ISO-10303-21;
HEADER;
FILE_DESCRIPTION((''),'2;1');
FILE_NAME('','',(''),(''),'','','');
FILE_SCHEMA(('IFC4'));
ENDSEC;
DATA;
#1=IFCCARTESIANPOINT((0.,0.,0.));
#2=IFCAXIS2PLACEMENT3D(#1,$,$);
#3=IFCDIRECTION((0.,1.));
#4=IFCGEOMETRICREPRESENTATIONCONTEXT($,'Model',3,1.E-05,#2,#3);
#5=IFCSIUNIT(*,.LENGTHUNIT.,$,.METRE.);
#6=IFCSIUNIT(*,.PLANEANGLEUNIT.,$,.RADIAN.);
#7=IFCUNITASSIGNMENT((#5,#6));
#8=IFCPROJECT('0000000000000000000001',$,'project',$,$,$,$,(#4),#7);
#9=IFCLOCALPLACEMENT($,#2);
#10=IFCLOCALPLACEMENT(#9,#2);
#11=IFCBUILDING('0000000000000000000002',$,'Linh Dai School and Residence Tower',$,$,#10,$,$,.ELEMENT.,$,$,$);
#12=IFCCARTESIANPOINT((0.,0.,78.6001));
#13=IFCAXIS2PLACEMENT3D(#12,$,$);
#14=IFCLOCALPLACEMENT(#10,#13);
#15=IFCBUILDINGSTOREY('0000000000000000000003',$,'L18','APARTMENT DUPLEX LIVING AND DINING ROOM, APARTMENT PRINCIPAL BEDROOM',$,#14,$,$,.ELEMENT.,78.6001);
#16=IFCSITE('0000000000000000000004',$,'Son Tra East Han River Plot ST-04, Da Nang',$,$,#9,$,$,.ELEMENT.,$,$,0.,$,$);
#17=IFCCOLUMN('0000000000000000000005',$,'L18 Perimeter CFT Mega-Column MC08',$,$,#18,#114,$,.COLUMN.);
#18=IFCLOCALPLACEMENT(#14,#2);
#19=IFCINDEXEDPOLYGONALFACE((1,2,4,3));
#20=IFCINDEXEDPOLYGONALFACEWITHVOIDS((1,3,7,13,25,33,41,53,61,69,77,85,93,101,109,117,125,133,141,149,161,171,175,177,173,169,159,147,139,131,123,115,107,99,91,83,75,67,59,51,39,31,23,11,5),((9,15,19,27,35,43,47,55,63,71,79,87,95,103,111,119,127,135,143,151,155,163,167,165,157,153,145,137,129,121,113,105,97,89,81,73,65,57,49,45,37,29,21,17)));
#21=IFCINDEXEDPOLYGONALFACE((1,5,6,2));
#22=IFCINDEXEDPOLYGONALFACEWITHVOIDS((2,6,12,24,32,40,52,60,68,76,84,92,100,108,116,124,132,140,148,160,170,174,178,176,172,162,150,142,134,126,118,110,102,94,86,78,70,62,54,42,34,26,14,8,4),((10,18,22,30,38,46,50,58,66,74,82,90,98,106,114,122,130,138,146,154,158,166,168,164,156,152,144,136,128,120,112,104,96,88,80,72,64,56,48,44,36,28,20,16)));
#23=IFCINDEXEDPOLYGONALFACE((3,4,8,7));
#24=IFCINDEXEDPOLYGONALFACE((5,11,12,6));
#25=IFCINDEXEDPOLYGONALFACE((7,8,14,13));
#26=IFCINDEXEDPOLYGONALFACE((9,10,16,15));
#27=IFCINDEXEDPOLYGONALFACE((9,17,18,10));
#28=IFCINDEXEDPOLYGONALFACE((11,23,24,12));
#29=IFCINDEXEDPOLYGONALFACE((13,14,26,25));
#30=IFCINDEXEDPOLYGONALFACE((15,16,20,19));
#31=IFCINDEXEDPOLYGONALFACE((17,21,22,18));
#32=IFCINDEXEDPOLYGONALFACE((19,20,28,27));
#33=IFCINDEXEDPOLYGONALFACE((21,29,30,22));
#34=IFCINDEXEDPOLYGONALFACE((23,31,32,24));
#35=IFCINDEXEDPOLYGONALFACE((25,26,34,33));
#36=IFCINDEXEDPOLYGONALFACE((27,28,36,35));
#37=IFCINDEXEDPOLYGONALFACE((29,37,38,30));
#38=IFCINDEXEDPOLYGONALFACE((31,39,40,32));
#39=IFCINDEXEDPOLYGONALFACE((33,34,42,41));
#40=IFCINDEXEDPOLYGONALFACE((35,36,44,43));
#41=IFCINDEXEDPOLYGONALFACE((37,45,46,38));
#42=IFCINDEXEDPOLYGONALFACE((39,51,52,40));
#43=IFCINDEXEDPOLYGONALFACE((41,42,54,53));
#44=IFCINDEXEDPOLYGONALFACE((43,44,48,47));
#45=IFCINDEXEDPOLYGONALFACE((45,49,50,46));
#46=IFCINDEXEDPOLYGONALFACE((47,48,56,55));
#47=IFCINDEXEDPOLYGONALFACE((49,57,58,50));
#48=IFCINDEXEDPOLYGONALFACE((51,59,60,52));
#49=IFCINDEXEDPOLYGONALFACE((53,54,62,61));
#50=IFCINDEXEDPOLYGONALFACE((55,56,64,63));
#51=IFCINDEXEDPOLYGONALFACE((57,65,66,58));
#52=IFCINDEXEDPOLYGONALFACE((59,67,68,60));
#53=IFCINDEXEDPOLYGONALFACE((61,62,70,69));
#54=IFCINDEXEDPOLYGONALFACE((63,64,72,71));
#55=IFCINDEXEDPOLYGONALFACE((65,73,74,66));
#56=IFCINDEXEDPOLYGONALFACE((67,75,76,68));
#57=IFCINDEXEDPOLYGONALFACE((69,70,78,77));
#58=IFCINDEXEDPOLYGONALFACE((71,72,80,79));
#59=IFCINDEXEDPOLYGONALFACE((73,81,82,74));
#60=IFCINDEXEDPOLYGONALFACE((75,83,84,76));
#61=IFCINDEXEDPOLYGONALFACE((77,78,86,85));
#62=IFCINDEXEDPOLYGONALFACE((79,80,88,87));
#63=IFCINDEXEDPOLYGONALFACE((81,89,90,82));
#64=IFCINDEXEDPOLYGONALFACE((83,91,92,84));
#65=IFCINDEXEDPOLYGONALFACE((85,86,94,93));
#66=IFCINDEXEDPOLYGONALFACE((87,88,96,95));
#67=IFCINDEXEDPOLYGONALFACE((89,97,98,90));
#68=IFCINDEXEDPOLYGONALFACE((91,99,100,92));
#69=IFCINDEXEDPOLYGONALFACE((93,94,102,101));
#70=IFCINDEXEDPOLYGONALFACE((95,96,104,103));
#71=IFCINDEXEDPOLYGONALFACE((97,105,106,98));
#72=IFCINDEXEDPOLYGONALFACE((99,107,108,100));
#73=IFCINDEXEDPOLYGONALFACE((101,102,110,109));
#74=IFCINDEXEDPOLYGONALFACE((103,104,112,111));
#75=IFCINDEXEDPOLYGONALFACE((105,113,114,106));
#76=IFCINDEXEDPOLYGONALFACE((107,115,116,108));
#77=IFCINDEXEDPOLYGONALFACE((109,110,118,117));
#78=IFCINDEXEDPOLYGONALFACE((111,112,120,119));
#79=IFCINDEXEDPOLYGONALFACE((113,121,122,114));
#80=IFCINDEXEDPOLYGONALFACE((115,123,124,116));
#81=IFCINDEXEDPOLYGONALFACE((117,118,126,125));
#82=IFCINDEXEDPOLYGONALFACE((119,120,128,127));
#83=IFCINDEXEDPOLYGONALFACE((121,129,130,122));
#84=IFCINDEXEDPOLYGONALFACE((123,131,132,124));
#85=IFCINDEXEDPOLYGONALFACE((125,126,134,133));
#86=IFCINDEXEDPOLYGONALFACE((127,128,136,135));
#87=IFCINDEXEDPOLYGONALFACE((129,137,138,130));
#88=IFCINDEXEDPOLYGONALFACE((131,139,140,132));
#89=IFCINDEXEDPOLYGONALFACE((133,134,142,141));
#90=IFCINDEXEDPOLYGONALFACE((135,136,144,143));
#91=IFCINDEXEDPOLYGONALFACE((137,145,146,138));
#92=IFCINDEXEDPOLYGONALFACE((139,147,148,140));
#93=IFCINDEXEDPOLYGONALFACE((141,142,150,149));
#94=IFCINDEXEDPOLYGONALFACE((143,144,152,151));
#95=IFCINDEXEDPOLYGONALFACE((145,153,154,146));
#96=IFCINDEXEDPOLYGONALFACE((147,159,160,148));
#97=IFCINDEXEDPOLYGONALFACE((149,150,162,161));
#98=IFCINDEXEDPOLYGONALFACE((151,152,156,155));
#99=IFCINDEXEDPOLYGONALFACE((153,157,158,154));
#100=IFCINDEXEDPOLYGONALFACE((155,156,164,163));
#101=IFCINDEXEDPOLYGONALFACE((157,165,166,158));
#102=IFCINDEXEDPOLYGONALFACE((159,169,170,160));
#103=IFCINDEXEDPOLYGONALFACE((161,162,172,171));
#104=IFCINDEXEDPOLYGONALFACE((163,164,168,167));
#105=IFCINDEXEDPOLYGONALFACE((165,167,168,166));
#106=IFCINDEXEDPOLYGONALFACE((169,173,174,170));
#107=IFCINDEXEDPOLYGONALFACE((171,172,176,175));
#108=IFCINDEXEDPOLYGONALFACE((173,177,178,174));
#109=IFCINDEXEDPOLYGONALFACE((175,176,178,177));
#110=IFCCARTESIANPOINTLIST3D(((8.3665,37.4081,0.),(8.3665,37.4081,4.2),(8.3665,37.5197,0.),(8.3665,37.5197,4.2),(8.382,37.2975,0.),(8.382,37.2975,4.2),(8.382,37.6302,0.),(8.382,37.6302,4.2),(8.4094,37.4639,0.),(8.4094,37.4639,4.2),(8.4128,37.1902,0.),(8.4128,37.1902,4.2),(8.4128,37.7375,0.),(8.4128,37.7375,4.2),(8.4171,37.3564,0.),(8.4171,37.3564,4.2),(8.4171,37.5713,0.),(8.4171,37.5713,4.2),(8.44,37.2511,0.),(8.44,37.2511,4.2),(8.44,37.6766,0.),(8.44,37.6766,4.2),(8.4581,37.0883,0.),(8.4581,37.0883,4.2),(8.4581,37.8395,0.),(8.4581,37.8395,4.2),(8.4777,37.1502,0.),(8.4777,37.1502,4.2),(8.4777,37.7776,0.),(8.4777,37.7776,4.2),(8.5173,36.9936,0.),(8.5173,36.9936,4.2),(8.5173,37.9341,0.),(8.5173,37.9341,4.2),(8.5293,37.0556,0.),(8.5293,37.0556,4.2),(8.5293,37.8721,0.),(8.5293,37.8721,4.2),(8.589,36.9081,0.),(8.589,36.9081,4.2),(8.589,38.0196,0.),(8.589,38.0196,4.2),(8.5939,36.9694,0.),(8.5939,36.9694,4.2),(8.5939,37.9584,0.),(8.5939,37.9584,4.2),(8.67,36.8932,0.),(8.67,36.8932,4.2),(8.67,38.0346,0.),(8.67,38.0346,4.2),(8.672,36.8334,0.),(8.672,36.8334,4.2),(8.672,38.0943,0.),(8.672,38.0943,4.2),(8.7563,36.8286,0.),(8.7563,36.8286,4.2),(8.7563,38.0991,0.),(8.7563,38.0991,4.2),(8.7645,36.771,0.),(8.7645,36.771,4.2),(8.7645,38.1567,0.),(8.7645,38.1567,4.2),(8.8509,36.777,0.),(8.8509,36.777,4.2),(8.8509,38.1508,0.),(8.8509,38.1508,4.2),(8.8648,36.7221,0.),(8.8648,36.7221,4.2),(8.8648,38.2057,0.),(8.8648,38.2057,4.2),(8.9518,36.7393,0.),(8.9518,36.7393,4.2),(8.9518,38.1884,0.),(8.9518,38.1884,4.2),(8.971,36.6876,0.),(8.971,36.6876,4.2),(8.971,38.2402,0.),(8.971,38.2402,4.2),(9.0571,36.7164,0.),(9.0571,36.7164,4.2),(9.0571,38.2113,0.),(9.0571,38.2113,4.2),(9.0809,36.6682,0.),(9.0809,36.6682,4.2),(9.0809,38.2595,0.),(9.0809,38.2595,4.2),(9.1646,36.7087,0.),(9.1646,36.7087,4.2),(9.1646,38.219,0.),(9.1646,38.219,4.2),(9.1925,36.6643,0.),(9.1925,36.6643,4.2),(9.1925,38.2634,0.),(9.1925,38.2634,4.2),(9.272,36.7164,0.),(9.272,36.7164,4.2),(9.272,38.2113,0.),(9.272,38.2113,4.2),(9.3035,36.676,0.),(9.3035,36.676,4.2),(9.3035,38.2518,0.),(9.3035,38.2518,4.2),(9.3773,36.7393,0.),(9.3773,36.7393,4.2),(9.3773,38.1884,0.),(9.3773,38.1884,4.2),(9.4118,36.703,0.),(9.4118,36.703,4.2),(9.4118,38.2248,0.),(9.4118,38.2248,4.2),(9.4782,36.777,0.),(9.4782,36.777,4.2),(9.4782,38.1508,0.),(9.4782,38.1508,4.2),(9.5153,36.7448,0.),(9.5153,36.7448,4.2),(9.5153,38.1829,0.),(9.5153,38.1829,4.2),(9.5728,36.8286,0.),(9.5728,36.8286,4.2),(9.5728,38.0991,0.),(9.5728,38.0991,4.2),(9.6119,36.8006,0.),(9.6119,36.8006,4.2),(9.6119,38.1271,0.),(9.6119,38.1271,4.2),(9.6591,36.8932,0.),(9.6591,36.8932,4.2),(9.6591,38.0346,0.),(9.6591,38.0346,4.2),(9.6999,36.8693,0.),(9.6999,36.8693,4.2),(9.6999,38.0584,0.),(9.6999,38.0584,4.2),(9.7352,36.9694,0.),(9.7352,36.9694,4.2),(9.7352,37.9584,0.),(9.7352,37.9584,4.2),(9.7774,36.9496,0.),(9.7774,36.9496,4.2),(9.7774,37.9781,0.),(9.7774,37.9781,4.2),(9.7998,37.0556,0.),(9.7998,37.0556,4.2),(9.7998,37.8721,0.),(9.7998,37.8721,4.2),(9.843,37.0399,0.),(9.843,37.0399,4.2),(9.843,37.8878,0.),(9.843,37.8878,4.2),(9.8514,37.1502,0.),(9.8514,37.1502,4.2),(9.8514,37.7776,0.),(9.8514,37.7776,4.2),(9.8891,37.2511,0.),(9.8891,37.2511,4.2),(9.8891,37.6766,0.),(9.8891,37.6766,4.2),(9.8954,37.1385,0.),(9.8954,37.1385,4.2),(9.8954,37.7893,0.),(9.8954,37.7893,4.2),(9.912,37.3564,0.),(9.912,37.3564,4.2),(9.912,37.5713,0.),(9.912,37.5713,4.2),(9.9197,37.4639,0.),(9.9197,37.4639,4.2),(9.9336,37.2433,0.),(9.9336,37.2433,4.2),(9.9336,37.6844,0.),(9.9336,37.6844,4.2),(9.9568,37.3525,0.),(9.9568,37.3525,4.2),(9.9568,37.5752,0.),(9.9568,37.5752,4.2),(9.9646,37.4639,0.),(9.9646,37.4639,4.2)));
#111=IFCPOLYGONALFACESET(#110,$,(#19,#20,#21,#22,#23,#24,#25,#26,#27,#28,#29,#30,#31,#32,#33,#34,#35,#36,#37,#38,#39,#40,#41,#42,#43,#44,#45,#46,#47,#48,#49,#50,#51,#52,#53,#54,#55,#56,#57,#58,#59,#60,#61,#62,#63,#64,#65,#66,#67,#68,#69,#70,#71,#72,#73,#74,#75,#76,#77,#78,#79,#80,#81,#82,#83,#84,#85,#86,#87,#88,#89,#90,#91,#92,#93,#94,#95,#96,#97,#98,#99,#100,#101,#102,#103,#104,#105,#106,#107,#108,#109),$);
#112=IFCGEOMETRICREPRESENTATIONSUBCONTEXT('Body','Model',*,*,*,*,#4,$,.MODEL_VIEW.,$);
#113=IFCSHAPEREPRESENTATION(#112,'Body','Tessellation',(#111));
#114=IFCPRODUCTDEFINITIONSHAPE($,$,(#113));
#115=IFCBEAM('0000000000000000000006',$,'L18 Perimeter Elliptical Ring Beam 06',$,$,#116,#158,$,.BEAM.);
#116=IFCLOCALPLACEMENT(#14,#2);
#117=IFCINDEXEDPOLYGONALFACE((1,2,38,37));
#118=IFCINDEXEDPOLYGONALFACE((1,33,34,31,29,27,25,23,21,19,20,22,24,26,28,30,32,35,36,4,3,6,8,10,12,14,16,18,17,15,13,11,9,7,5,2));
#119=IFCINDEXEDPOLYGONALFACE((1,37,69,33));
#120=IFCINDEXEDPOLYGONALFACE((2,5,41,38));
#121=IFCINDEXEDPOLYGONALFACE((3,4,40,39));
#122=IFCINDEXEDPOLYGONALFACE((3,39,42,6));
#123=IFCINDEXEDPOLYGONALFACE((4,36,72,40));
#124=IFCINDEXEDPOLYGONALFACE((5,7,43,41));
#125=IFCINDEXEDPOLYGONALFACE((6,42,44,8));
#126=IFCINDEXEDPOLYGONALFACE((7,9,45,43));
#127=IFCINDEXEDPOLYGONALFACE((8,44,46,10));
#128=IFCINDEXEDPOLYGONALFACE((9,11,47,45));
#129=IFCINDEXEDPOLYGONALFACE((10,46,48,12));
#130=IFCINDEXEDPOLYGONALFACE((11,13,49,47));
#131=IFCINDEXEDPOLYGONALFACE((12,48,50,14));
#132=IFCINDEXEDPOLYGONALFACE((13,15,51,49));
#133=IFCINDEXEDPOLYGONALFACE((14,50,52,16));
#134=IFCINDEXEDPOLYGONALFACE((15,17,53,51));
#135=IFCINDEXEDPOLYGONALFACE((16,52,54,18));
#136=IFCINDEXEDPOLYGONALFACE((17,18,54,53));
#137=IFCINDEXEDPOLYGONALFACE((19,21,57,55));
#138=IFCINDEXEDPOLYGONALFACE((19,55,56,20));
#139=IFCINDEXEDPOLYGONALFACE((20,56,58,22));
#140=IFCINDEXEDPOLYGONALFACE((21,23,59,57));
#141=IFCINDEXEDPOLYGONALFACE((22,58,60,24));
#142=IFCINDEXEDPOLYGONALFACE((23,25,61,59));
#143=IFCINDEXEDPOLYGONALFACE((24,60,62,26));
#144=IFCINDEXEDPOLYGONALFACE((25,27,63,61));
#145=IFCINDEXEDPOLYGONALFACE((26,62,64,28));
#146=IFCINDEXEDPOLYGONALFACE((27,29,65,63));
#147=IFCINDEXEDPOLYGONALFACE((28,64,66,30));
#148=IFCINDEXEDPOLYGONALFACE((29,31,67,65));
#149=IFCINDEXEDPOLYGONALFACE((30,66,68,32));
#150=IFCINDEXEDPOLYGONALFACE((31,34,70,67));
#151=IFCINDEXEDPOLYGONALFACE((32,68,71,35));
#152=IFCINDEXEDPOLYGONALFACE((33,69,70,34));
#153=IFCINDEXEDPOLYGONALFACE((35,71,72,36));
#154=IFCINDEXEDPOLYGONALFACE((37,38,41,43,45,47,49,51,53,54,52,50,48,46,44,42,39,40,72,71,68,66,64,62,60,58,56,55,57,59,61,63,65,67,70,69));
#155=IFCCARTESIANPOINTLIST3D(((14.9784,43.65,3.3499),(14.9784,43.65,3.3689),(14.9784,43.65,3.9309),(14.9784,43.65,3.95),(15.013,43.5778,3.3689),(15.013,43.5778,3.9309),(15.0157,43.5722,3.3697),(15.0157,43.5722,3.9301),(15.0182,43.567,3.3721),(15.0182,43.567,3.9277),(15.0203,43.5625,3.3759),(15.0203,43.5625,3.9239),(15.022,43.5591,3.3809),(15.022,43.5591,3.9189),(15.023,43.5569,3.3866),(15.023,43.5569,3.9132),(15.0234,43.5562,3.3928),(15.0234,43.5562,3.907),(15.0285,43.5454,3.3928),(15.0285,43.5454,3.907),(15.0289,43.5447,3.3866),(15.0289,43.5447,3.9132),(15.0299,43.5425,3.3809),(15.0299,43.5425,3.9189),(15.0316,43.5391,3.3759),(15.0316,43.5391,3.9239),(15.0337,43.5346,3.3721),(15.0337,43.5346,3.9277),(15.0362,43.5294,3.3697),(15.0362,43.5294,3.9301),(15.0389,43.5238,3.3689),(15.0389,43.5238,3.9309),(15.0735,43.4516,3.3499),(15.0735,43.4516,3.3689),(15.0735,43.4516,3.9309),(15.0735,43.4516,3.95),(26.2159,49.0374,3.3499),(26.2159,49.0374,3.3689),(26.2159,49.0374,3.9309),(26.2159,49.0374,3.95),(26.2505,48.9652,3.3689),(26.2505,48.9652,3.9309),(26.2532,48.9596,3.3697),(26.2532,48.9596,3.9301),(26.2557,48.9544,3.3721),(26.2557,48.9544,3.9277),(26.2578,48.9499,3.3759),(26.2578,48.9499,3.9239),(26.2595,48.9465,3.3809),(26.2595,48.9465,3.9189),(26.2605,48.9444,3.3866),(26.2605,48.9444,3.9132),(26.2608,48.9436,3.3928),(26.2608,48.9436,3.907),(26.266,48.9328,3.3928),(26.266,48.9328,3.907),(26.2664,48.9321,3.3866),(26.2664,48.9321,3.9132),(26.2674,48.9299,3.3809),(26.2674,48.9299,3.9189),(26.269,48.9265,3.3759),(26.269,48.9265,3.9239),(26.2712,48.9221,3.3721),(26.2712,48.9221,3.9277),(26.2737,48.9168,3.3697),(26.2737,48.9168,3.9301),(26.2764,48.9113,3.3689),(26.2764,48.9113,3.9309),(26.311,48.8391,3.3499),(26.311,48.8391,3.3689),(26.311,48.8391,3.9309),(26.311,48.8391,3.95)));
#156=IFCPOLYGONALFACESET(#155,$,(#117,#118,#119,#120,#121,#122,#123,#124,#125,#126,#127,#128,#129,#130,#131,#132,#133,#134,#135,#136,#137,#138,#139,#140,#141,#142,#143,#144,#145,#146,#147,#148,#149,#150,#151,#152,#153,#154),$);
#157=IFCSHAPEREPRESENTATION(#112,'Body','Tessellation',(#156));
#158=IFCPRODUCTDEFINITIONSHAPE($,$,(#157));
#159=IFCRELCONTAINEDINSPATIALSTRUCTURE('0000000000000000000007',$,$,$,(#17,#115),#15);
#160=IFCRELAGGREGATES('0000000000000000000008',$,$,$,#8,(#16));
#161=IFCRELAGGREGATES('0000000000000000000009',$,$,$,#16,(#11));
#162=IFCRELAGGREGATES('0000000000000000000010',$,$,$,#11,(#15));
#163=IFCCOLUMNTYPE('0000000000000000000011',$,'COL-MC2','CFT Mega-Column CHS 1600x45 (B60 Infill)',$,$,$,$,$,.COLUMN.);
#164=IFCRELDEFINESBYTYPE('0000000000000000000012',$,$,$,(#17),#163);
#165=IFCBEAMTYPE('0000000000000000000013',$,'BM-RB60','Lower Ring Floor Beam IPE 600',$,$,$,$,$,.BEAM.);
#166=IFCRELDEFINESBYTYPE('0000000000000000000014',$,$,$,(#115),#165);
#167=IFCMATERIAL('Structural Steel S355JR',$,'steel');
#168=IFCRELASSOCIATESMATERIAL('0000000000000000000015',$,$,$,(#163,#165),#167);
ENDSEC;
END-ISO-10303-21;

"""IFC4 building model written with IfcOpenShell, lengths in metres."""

from ifc_helpers import new_model, si_unit, direction, frame, origin, origin_2d, place, context, subcontext, project, spatial, hollow_circle, i_section, extrude, material, material_profile, profile_set, type_object, element, save


model = new_model("IFC4")

# Units and contexts
model_context = context("Model", 3, precision=1e-05, world=origin(), true_north=direction((0.0, 1.0)))
body_context = subcontext(model_context, "Body", "Model", "MODEL_VIEW")
ifc_project = project(units=[si_unit("LENGTHUNIT", "METRE"), si_unit("PLANEANGLEUNIT", "RADIAN")], contexts=[model_context])

# Site, building, storey
site_placement = place(None, origin())
site = spatial("IfcSite", under=ifc_project, at=site_placement, Name="Son Tra East Han River Plot ST-04, Da Nang", CompositionType="ELEMENT", RefElevation=0.0)
building_placement = place(site_placement, origin())
building = spatial("IfcBuilding", under=site, at=building_placement, Name="Linh Dai School and Residence Tower", CompositionType="ELEMENT")
storey_placement = place(building_placement, frame((0.0, 0.0, 78.6001)))
storey = spatial("IfcBuildingStorey", under=building, at=storey_placement, Name="L18", Description="APARTMENT DUPLEX LIVING AND DINING ROOM, APARTMENT PRINCIPAL BEDROOM", CompositionType="ELEMENT", Elevation=78.6001)

# Column
ifc_material_1 = material(Name="Structural Steel S355JR", Category="steel")
ifc_material_profile_1 = material_profile(ifc_material_1, hollow_circle(Radius=0.8, WallThickness=0.0449, at=origin_2d()), Name="CHS 1600x45")
ifc_profile_set_1 = profile_set([ifc_material_profile_1], Name="Structural Steel S355JR")
column_type = type_object("IfcColumnType", Name="COL-MC2", Description="CFT Mega-Column CHS 1600x45 (B60 Infill)", PredefinedType="COLUMN", material=ifc_profile_set_1)
for number, where, z_axis, x_axis, name in (
    (1, (9.1646, 37.4639, 0.0), (0.0, 0.0, 1.0), (1.0, 0.0, 0.0), "L18 Perimeter CFT Mega-Column MC08"),
):
    element("IfcColumn", number, at=place(storey_placement, frame(where, z_axis=z_axis, x_axis=x_axis)), inside=storey, type_object=column_type, Name=name, PredefinedType="COLUMN", context=body_context, shape_type="SweptSolid", body=[
        extrude(hollow_circle(Radius=0.8, WallThickness=0.0449, at=origin_2d()), origin(), (0.0, 0.0, 1.0), 4.2),
    ])

# Beam
ifc_material_profile_2 = material_profile(ifc_material_1, i_section(OverallWidth=0.22, OverallDepth=0.6001, WebThickness=0.012, FlangeThickness=0.019, FilletRadius=0.0239, at=origin_2d()), Name="IPE 600")
ifc_profile_set_2 = profile_set([ifc_material_profile_2], Name="Structural Steel S355JR")
beam_type_1 = type_object("IfcBeamType", Name="BM-RB60", Description="Lower Ring Floor Beam IPE 600", PredefinedType="BEAM", material=ifc_profile_set_2)
beam_1_placement = place(storey_placement, frame((26.2634, 48.9382, 3.6499), z_axis=(-0.901729, -0.432302, 0.0), x_axis=(0.432302, -0.901729, 0.0)))
element("IfcBeam", 2, at=beam_1_placement, inside=storey, type_object=beam_type_1, Name="L18 Perimeter Elliptical Ring Beam 06", PredefinedType="BEAM", context=body_context, shape_type="SweptSolid", body=[
    extrude(i_section(OverallWidth=0.22, OverallDepth=0.6001, WebThickness=0.012, FlangeThickness=0.019, FilletRadius=0.0239, at=origin_2d()), origin(), (0.0, 0.0, 1.0), 12.4622),
])

save(model, "model.ifc")
